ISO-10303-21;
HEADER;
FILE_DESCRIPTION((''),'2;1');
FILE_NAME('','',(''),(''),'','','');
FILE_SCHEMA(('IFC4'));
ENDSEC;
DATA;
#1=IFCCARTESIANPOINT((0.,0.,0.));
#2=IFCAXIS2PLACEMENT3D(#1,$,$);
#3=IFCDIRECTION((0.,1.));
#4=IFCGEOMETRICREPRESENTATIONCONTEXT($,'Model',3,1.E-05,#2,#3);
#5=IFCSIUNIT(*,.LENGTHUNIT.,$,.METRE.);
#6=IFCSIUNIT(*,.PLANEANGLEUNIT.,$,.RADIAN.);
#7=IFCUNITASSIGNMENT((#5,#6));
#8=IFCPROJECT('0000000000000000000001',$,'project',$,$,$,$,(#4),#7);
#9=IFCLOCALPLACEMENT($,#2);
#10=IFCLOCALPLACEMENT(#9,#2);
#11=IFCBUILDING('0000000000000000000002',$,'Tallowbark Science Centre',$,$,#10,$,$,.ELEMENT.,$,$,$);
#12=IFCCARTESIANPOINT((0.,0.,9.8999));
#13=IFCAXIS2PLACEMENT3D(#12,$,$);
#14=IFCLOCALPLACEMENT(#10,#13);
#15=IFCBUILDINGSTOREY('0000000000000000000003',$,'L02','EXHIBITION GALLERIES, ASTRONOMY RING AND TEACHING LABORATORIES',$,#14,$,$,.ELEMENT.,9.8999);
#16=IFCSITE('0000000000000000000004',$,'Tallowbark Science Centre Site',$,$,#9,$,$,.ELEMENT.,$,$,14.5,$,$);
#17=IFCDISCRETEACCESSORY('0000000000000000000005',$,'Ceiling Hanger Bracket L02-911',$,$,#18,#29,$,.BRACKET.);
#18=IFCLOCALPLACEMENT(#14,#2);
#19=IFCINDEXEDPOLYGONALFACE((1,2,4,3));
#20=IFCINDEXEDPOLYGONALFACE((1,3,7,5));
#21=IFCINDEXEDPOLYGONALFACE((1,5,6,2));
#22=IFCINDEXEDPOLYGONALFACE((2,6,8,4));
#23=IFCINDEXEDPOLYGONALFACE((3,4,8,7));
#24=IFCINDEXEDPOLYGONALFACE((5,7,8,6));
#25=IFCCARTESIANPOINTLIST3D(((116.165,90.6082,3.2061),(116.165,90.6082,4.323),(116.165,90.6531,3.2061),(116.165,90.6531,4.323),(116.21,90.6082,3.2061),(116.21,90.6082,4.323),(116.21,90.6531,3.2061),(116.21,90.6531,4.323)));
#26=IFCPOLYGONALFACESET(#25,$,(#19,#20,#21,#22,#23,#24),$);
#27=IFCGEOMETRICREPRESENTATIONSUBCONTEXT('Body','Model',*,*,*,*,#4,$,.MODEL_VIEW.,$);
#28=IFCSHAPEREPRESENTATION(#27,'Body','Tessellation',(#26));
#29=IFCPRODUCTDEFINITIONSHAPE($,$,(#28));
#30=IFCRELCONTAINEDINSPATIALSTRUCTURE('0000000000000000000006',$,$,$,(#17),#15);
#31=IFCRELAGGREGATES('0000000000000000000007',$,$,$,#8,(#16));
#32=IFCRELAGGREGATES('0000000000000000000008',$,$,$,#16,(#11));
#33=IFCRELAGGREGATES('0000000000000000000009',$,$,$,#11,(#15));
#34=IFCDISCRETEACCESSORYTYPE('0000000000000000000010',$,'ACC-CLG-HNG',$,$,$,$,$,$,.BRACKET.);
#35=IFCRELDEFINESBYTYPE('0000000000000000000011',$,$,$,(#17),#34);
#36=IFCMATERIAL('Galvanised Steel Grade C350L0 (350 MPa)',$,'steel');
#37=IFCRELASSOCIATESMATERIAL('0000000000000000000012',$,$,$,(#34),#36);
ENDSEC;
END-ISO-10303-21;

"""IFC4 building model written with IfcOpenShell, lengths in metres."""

from ifc_helpers import new_model, si_unit, direction, frame, origin, origin_2d, place, context, subcontext, project, spatial, rectangle, extrude, material, type_object, element, save


model = new_model("IFC4")

# Units and contexts
model_context = context("Model", 3, precision=1e-05, world=origin(), true_north=direction((0.0, 1.0)))
body_context = subcontext(model_context, "Body", "Model", "MODEL_VIEW")
ifc_project = project(units=[si_unit("LENGTHUNIT", "METRE"), si_unit("PLANEANGLEUNIT", "RADIAN")], contexts=[model_context])

# Site, building, storey
site_placement = place(None, origin())
site = spatial("IfcSite", under=ifc_project, at=site_placement, Name="Tallowbark Science Centre Site", CompositionType="ELEMENT", RefElevation=14.5)
building_placement = place(site_placement, origin())
building = spatial("IfcBuilding", under=site, at=building_placement, Name="Tallowbark Science Centre", CompositionType="ELEMENT")
storey_placement = place(building_placement, frame((0.0, 0.0, 9.8999)))
storey = spatial("IfcBuildingStorey", under=building, at=storey_placement, Name="L02", Description="EXHIBITION GALLERIES, ASTRONOMY RING AND TEACHING LABORATORIES", CompositionType="ELEMENT", Elevation=9.8999)

# Discrete accessory
ifc_material_1 = material(Name="Galvanised Steel Grade C350L0 (350 MPa)", Category="steel")
discrete_accessory_type = type_object("IfcDiscreteAccessoryType", Name="ACC-CLG-HNG", PredefinedType="BRACKET", material=ifc_material_1)
discrete_accessory_placement = place(storey_placement, frame((116.1875, 90.6306, 3.2061), z_axis=(0.0, 0.0, 1.0), x_axis=(1.0, 0.0, 0.0)))
element("IfcDiscreteAccessory", 1, at=discrete_accessory_placement, inside=storey, type_object=discrete_accessory_type, Name="Ceiling Hanger Bracket L02-911", PredefinedType="BRACKET", context=body_context, shape_type="SweptSolid", body=[
    extrude(rectangle(XDim=0.0449, YDim=0.0449, at=origin_2d()), origin(), (0.0, 0.0, 1.0), 1.1169),
])

save(model, "model.ifc")
